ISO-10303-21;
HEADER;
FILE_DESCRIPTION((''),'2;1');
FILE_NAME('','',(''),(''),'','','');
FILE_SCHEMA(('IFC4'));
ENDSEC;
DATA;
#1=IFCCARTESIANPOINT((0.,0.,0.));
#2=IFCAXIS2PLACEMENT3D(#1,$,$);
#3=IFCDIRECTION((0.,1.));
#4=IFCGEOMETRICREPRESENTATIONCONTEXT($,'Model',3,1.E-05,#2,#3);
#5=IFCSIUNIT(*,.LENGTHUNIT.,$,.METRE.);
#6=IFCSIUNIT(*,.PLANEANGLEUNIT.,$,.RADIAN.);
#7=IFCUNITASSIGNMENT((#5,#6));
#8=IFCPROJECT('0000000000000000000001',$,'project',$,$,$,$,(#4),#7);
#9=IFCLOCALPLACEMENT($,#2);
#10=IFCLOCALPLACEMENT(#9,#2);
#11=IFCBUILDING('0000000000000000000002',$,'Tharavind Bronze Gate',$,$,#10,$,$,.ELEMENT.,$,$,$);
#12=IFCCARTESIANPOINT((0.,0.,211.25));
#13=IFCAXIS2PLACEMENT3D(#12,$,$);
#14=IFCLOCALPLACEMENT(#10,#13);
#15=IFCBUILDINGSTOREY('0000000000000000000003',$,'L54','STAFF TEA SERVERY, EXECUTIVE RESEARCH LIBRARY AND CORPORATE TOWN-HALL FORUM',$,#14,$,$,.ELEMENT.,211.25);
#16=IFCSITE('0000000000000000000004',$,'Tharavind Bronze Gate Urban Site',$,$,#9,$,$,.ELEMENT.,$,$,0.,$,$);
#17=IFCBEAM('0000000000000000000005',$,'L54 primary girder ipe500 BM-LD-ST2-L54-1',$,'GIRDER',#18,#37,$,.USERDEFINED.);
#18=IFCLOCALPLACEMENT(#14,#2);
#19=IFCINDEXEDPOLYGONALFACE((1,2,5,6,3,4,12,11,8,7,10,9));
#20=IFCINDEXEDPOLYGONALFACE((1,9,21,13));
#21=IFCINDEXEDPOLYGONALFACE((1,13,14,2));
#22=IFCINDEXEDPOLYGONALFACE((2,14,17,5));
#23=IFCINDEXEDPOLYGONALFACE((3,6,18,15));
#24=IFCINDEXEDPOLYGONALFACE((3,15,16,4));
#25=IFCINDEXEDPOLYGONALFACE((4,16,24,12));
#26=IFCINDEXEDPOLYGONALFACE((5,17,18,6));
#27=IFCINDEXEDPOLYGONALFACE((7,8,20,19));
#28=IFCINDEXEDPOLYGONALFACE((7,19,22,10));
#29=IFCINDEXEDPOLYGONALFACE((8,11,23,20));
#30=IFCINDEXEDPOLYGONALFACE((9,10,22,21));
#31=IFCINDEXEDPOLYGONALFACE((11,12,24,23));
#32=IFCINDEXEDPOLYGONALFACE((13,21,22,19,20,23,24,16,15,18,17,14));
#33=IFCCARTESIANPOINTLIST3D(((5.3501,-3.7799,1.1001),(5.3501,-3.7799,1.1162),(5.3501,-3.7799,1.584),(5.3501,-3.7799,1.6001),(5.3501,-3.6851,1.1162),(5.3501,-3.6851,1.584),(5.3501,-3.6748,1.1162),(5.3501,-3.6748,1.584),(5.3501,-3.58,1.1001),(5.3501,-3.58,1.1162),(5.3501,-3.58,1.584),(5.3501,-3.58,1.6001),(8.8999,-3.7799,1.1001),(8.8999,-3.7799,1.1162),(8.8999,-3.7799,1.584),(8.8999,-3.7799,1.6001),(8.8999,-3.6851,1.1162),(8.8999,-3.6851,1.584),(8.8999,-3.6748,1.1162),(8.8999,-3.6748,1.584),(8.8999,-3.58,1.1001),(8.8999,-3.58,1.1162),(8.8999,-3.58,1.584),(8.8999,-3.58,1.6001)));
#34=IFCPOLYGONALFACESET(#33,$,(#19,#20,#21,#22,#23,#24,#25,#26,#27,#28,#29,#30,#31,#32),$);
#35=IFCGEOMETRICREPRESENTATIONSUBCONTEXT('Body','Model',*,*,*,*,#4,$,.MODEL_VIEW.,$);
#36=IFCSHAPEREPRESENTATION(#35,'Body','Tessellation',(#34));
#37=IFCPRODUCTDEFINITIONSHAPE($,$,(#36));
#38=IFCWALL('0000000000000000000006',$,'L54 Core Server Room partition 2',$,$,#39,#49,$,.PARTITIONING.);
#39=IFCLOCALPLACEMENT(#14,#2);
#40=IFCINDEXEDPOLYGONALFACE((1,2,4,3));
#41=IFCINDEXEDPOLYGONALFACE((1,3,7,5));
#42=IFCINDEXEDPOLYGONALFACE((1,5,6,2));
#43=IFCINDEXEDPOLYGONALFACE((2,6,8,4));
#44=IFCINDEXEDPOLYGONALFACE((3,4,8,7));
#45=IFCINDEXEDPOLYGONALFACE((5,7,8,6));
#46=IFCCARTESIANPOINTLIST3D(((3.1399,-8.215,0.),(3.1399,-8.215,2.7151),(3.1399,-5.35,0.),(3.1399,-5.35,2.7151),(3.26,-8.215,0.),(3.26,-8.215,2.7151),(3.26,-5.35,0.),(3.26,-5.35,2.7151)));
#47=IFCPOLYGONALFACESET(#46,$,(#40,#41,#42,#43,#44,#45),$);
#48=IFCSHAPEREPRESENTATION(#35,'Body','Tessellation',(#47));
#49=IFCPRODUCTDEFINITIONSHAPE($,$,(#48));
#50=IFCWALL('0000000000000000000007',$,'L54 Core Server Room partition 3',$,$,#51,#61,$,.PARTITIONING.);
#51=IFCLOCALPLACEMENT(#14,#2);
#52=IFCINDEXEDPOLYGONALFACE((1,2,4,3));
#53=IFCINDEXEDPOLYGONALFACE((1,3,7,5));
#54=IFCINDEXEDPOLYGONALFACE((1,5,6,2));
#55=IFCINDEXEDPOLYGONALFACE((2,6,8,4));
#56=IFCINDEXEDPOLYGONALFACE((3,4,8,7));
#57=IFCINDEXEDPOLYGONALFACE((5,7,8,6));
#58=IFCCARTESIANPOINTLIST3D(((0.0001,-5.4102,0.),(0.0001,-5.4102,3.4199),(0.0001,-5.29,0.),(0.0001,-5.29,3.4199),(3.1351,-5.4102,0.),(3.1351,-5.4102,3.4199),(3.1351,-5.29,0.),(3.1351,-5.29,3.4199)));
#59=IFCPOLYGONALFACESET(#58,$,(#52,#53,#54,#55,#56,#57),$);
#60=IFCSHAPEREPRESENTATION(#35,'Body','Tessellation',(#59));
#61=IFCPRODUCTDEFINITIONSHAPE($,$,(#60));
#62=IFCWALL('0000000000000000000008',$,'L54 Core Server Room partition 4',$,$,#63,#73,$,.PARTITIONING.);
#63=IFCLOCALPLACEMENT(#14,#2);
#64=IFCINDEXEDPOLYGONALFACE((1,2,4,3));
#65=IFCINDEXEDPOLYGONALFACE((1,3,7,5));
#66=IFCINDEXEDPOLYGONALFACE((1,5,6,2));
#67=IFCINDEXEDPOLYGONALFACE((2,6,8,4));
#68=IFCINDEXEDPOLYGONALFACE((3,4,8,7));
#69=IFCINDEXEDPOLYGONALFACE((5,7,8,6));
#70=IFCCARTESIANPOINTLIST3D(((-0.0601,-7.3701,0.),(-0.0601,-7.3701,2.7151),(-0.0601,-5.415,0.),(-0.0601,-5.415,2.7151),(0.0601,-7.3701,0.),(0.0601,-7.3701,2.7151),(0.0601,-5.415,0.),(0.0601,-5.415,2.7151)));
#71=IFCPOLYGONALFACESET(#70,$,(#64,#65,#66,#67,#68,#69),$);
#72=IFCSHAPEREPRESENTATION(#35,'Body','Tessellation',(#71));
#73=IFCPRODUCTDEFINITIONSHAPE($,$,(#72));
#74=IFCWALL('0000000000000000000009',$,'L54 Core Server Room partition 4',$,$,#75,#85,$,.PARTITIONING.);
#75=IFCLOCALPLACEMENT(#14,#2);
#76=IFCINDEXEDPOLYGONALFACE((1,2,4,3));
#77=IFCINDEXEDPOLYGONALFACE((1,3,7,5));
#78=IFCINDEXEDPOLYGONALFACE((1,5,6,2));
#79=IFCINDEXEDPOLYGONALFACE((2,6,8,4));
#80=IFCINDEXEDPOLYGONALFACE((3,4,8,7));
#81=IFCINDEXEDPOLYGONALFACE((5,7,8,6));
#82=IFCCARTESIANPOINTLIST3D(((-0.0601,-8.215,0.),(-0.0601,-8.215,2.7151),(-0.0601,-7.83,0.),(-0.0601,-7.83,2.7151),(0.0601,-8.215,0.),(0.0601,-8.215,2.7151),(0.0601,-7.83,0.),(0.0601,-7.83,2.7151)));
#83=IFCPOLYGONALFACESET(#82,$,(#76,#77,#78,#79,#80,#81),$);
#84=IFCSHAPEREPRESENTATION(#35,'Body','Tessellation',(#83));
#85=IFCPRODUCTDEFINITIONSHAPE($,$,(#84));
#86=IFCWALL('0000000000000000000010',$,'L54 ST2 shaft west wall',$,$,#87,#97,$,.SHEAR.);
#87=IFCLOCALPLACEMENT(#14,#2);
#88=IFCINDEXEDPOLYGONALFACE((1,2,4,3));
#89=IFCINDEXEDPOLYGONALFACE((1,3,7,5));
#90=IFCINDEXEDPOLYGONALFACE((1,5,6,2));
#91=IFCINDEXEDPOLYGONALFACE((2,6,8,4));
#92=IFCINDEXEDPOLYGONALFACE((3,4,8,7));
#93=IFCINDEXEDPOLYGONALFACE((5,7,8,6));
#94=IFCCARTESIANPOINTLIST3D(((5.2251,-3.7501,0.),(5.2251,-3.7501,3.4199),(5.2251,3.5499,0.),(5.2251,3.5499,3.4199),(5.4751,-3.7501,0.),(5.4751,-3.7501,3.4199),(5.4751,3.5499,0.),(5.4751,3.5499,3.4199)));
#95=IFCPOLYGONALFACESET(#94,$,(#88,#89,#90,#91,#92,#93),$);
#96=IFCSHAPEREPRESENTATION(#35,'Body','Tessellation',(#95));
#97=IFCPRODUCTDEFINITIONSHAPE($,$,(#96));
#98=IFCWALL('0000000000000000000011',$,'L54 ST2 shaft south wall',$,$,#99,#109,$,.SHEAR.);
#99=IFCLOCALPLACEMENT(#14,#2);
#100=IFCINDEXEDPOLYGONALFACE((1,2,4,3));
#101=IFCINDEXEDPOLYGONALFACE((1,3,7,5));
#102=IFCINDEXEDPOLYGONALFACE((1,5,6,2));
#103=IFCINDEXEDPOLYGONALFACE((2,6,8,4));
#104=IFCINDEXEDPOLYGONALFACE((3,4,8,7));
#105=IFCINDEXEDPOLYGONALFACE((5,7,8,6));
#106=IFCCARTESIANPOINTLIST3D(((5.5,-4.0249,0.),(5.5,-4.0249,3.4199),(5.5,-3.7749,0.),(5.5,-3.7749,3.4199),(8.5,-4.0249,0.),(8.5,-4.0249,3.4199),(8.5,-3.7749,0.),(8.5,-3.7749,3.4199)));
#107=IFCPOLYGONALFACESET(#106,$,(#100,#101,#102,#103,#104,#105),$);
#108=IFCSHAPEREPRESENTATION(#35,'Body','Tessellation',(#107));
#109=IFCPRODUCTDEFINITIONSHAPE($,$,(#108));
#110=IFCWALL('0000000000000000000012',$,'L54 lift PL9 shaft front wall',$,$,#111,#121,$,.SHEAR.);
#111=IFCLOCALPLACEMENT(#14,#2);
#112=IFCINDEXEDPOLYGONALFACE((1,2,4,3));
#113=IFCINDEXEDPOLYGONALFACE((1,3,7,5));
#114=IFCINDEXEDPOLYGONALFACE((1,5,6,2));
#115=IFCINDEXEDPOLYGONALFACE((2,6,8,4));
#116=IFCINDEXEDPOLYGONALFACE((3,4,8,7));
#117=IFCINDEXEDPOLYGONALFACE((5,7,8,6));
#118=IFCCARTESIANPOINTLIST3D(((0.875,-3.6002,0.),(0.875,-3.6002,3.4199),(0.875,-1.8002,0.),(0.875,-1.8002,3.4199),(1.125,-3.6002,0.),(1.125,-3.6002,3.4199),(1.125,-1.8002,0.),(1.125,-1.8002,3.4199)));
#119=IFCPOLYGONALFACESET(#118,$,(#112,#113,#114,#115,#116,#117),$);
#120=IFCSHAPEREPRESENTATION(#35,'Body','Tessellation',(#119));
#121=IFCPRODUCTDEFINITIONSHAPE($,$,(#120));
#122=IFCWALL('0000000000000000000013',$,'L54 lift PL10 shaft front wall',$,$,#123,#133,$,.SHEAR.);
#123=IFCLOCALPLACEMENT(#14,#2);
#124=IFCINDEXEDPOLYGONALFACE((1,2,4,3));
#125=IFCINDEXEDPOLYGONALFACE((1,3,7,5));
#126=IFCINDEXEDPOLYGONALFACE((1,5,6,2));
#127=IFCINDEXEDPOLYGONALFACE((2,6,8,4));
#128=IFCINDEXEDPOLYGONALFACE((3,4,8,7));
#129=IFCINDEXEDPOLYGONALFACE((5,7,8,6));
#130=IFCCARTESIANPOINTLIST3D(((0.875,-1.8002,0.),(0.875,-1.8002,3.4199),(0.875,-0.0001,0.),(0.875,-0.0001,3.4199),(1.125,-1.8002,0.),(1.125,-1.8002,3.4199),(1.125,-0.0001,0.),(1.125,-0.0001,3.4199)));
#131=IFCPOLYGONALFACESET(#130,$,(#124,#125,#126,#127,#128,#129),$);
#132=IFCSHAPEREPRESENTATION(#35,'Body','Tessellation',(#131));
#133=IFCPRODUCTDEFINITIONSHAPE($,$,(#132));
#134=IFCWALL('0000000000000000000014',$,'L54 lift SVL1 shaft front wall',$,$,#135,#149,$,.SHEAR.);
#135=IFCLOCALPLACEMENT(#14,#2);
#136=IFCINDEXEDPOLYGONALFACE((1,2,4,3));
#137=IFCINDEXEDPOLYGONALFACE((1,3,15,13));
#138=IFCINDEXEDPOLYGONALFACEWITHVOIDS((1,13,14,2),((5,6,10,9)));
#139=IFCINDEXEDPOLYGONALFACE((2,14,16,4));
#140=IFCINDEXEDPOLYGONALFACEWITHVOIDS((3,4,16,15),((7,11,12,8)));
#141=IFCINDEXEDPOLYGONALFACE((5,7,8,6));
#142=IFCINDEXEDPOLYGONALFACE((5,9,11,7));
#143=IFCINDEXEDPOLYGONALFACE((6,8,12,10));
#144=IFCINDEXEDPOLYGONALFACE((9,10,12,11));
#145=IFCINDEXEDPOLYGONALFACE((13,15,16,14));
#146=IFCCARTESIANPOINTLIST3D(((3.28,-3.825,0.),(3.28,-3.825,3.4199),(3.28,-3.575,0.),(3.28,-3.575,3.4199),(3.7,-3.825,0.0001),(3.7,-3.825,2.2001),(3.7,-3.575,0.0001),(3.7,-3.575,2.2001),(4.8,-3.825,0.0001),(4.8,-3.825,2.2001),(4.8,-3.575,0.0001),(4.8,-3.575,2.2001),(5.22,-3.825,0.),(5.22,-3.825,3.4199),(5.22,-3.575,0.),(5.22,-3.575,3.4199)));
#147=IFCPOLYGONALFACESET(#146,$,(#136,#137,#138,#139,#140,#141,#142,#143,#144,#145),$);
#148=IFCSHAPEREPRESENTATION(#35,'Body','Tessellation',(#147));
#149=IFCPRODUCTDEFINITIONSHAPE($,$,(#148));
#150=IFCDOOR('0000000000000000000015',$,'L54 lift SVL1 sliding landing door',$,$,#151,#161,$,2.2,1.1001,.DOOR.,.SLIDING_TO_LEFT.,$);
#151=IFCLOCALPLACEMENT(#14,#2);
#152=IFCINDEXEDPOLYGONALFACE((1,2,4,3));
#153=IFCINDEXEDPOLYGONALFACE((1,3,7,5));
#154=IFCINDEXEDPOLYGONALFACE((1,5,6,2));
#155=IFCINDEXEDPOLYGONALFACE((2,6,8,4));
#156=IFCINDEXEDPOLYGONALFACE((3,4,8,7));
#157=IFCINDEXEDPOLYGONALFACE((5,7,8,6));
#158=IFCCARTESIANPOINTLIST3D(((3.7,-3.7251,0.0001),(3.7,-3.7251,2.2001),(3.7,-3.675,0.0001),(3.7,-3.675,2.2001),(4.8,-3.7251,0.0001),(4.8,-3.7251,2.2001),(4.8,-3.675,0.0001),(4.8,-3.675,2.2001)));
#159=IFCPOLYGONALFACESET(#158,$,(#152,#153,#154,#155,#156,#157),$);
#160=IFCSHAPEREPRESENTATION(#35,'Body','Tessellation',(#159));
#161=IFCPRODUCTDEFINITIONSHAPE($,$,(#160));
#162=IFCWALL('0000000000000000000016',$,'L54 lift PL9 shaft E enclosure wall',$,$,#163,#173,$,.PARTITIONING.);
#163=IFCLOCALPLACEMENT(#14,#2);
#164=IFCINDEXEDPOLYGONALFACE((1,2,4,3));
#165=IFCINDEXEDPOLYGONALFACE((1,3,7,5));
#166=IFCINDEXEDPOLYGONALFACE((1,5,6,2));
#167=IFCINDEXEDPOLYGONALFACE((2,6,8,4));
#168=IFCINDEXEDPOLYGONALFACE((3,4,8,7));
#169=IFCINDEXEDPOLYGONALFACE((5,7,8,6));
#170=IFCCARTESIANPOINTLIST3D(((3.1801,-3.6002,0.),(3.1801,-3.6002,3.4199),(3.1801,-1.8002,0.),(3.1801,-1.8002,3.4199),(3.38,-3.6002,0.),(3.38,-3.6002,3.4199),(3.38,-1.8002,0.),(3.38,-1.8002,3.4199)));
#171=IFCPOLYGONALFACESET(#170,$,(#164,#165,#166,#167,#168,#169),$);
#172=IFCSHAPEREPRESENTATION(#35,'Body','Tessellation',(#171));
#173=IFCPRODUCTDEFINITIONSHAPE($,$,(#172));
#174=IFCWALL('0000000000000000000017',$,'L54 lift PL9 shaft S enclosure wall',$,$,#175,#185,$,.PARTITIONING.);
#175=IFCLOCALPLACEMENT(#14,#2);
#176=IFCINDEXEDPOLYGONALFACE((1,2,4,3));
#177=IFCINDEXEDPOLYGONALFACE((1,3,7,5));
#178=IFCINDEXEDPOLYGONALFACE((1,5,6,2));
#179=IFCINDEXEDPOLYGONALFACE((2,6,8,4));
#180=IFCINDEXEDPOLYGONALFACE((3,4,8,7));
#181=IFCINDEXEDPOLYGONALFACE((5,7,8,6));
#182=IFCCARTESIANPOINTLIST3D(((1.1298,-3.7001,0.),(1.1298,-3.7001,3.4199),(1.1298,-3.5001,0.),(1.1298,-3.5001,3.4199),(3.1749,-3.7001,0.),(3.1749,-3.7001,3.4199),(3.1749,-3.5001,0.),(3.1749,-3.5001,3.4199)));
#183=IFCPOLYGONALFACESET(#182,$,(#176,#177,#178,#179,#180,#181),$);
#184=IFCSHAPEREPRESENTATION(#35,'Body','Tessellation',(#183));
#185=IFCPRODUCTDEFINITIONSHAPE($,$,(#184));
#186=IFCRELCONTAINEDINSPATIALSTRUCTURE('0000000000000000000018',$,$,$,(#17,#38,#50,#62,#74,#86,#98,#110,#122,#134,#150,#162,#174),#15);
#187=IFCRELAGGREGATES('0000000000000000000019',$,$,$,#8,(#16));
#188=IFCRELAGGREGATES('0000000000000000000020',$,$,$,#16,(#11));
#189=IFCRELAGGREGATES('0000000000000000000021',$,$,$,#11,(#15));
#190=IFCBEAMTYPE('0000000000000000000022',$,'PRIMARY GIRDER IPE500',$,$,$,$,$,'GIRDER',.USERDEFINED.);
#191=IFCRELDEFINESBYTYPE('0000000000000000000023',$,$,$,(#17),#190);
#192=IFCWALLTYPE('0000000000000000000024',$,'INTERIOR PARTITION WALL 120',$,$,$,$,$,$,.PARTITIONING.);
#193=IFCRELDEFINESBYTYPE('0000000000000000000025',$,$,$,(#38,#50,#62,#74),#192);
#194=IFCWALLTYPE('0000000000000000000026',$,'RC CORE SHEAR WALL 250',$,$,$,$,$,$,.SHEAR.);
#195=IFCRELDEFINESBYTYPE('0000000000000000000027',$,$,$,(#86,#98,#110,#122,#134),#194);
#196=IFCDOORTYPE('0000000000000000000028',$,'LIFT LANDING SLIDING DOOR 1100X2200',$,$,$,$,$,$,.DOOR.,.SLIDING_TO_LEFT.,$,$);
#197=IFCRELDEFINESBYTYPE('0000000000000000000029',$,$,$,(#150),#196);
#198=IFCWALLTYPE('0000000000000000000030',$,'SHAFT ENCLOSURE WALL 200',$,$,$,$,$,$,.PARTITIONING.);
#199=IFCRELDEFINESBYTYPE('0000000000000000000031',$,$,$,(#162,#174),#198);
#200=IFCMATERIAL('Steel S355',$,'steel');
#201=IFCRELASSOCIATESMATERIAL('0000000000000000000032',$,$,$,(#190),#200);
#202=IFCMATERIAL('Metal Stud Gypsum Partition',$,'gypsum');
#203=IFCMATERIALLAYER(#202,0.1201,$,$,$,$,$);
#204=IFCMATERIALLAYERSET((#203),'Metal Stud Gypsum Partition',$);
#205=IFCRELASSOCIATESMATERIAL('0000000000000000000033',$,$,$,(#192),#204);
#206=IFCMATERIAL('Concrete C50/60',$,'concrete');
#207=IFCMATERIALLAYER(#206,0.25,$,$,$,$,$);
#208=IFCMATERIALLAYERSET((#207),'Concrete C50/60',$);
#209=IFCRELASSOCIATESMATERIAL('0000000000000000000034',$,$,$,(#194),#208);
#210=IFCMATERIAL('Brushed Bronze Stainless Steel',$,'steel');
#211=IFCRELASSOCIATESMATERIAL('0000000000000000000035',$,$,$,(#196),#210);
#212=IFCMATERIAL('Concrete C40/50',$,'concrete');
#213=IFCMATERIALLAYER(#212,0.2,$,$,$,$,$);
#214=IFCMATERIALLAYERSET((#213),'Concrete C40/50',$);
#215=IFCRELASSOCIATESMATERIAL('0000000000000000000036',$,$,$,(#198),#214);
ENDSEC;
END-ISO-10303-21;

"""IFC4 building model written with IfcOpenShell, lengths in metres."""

from ifc_helpers import new_model, si_unit, direction, frame, frame_2d, origin, origin_2d, place, context, subcontext, project, spatial, rectangle, i_section, extrude, material, layer, layer_set, material_profile, profile_set, type_object, element, fill, save


model = new_model("IFC4")

# Units and contexts
model_context = context("Model", 3, precision=1e-05, world=origin(), true_north=direction((0.0, 1.0)))
body_context = subcontext(model_context, "Body", "Model", "MODEL_VIEW")
ifc_project = project(units=[si_unit("LENGTHUNIT", "METRE"), si_unit("PLANEANGLEUNIT", "RADIAN")], contexts=[model_context])

# Site, building, storey
site_placement = place(None, origin())
site = spatial("IfcSite", under=ifc_project, at=site_placement, Name="Tharavind Bronze Gate Urban Site", CompositionType="ELEMENT", RefElevation=0.0)
building_placement = place(site_placement, origin())
building = spatial("IfcBuilding", under=site, at=building_placement, Name="Tharavind Bronze Gate", CompositionType="ELEMENT")
storey_placement = place(building_placement, frame((0.0, 0.0, 211.25)))
storey = spatial("IfcBuildingStorey", under=building, at=storey_placement, Name="L54", Description="STAFF TEA SERVERY, EXECUTIVE RESEARCH LIBRARY AND CORPORATE TOWN-HALL FORUM", CompositionType="ELEMENT", Elevation=211.25)

# Beam
ifc_material_1 = material(Name="Steel S355", Category="steel")
ifc_material_profile = material_profile(ifc_material_1, i_section(OverallWidth=0.2, OverallDepth=0.5, WebThickness=0.0103, FlangeThickness=0.0161, at=origin_2d()), Name="IPE500")
ifc_profile_set = profile_set([ifc_material_profile], Name="Steel S355")
beam_type = type_object("IfcBeamType", Name="PRIMARY GIRDER IPE500", ElementType="GIRDER", PredefinedType="USERDEFINED", material=ifc_profile_set)
beam_placement = place(storey_placement, frame((5.3501, -3.6799, 1.3501), z_axis=(1.0, 0.0, 0.0), x_axis=(0.0, 1.0, 0.0)))
element("IfcBeam", 1, at=beam_placement, inside=storey, type_object=beam_type, Name="L54 primary girder ipe500 BM-LD-ST2-L54-1", ObjectType="GIRDER", PredefinedType="USERDEFINED", context=body_context, shape_type="SweptSolid", body=[
    extrude(i_section(OverallWidth=0.2, OverallDepth=0.5, WebThickness=0.0103, FlangeThickness=0.0161, at=origin_2d()), origin(), (0.0, 0.0, 1.0), 3.5498),
])

# Walls
ifc_material_2 = material(Name="Metal Stud Gypsum Partition", Category="gypsum")
ifc_layer_1 = layer(ifc_material_2, 0.1201)
ifc_layer_set_1 = layer_set([ifc_layer_1], Name="Metal Stud Gypsum Partition")
wall_type_1 = type_object("IfcWallType", Name="INTERIOR PARTITION WALL 120", PredefinedType="PARTITIONING", material=ifc_layer_set_1)
wall_1_placement = place(storey_placement, frame((3.2, -8.2151, 0.0), z_axis=(0.0, 0.0, 1.0), x_axis=(0.0, 1.0, 0.0)))
element("IfcWall", 2, at=wall_1_placement, inside=storey, type_object=wall_type_1, Name="L54 Core Server Room partition 2", PredefinedType="PARTITIONING", context=body_context, shape_type="SweptSolid", body=[
    extrude(rectangle(XDim=2.865, YDim=0.1201, at=frame_2d((1.4326, 0.0))), origin(), (0.0, 0.0, 1.0), 2.7151),
])
wall_2_placement = place(storey_placement, frame((3.135, -5.3501, 0.0), z_axis=(0.0, 0.0, 1.0), x_axis=(-1.0, 0.0, 0.0)))
element("IfcWall", 3, at=wall_2_placement, inside=storey, type_object=wall_type_1, Name="L54 Core Server Room partition 3", PredefinedType="PARTITIONING", context=body_context, shape_type="SweptSolid", body=[
    extrude(rectangle(XDim=3.135, YDim=0.1201, at=frame_2d((1.5674, 0.0))), origin(), (0.0, 0.0, 1.0), 3.4199),
])
wall_3_placement = place(storey_placement, frame((0.0, -5.415, 0.0), z_axis=(0.0, 0.0, 1.0), x_axis=(0.0, -1.0, 0.0)))
element("IfcWall", 4, at=wall_3_placement, inside=storey, type_object=wall_type_1, Name="L54 Core Server Room partition 4", PredefinedType="PARTITIONING", context=body_context, shape_type="SweptSolid", body=[
    extrude(rectangle(XDim=1.9551, YDim=0.1201, at=frame_2d((0.9775, 0.0))), origin(), (0.0, 0.0, 1.0), 2.7151),
])
wall_4_placement = place(storey_placement, frame((0.0, -7.8301, 0.0), z_axis=(0.0, 0.0, 1.0), x_axis=(0.0, -1.0, 0.0)))
element("IfcWall", 5, at=wall_4_placement, inside=storey, type_object=wall_type_1, Name="L54 Core Server Room partition 4", PredefinedType="PARTITIONING", context=body_context, shape_type="SweptSolid", body=[
    extrude(rectangle(XDim=0.385, YDim=0.1201, at=frame_2d((0.1924, 0.0))), origin(), (0.0, 0.0, 1.0), 2.7151),
])
ifc_material_3 = material(Name="Concrete C50/60", Category="concrete")
ifc_layer_2 = layer(ifc_material_3, 0.25)
ifc_layer_set_2 = layer_set([ifc_layer_2], Name="Concrete C50/60")
wall_type_2 = type_object("IfcWallType", Name="RC CORE SHEAR WALL 250", PredefinedType="SHEAR", material=ifc_layer_set_2)
wall_5_placement = place(storey_placement, frame((5.3501, -3.75, 0.0), z_axis=(0.0, 0.0, 1.0), x_axis=(0.0, 1.0, 0.0)))
element("IfcWall", 6, at=wall_5_placement, inside=storey, type_object=wall_type_2, Name="L54 ST2 shaft west wall", PredefinedType="SHEAR", context=body_context, shape_type="SweptSolid", body=[
    extrude(rectangle(XDim=7.3, YDim=0.25, at=frame_2d((3.6499, 0.0))), origin(), (0.0, 0.0, 1.0), 3.4199),
])
wall_6_placement = place(storey_placement, frame((5.5, -3.8999, 0.0), z_axis=(0.0, 0.0, 1.0), x_axis=(1.0, 0.0, 0.0)))
element("IfcWall", 7, at=wall_6_placement, inside=storey, type_object=wall_type_2, Name="L54 ST2 shaft south wall", PredefinedType="SHEAR", context=body_context, shape_type="SweptSolid", body=[
    extrude(rectangle(XDim=3.0, YDim=0.25, at=frame_2d((1.5, 0.0))), origin(), (0.0, 0.0, 1.0), 3.4199),
])
for number, where, z_axis, x_axis, name in (
    (8, (1.0, -3.6001, 0.0), (0.0, 0.0, 1.0), (0.0, 1.0, 0.0), "L54 lift PL9 shaft front wall"),
    (9, (1.0, -1.8, 0.0), (0.0, 0.0, 1.0), (0.0, 1.0, 0.0), "L54 lift PL10 shaft front wall"),
):
    element("IfcWall", number, at=place(storey_placement, frame(where, z_axis=z_axis, x_axis=x_axis)), inside=storey, type_object=wall_type_2, Name=name, PredefinedType="SHEAR", context=body_context, shape_type="SweptSolid", body=[
        extrude(rectangle(XDim=1.8, YDim=0.25, at=frame_2d((0.8999, 0.0))), origin(), (0.0, 0.0, 1.0), 3.4199),
    ])

# Wall, opening, door
wall_7_placement = place(storey_placement, frame((3.28, -3.7, 0.0), z_axis=(0.0, 0.0, 1.0), x_axis=(1.0, 0.0, 0.0)))
wall_7 = element("IfcWall", 10, at=wall_7_placement, inside=storey, type_object=wall_type_2, Name="L54 lift SVL1 shaft front wall", PredefinedType="SHEAR", context=body_context, shape_type="SweptSolid", body=[
    extrude(rectangle(XDim=1.9399, YDim=0.25, at=frame_2d((0.97, 0.0))), origin(), (0.0, 0.0, 1.0), 3.4199),
])
opening_placement = place(wall_7_placement, frame((0.4199, 0.0, 0.0)))
opening = element("IfcOpeningElement", 11, at=opening_placement, cuts=wall_7, PredefinedType="OPENING", context=body_context, shape_type="SweptSolid", body=[
    extrude(rectangle(XDim=1.1001, YDim=2.2, at=frame_2d((0.55, 1.1001))), frame((0.0, 0.135, 0.0), z_axis=(0.0, -1.0, 0.0), x_axis=(1.0, 0.0, 0.0)), (0.0, 0.0, 1.0), 0.27),
])
ifc_material_4 = material(Name="Brushed Bronze Stainless Steel", Category="steel")
door_type = type_object("IfcDoorType", Name="LIFT LANDING SLIDING DOOR 1100X2200", OperationType="SLIDING_TO_LEFT", PredefinedType="DOOR", material=ifc_material_4)
door_placement = place(opening_placement, origin())
door = element("IfcDoor", 12, at=door_placement, inside=storey, type_object=door_type, Name="L54 lift SVL1 sliding landing door", OperationType="SLIDING_TO_LEFT", OverallHeight=2.2, OverallWidth=1.1001, PredefinedType="DOOR", context=body_context, shape_type="SweptSolid", body=[
    extrude(rectangle(XDim=1.1001, YDim=2.2, at=frame_2d((0.55, 1.1001))), frame((0.0, 0.0249, 0.0), z_axis=(0.0, -1.0, 0.0), x_axis=(1.0, 0.0, 0.0)), (0.0, 0.0, 1.0), 0.05),
])
fill(opening, door)

# Walls
ifc_material_5 = material(Name="Concrete C40/50", Category="concrete")
ifc_layer_3 = layer(ifc_material_5, 0.2)
ifc_layer_set_3 = layer_set([ifc_layer_3], Name="Concrete C40/50")
wall_type_3 = type_object("IfcWallType", Name="SHAFT ENCLOSURE WALL 200", PredefinedType="PARTITIONING", material=ifc_layer_set_3)
wall_8_placement = place(storey_placement, frame((3.28, -3.6001, 0.0), z_axis=(0.0, 0.0, 1.0), x_axis=(0.0, 1.0, 0.0)))
element("IfcWall", 13, at=wall_8_placement, inside=storey, type_object=wall_type_3, Name="L54 lift PL9 shaft E enclosure wall", PredefinedType="PARTITIONING", context=body_context, shape_type="SweptSolid", body=[
    extrude(rectangle(XDim=1.8, YDim=0.2, at=frame_2d((0.8999, 0.0))), origin(), (0.0, 0.0, 1.0), 3.4199),
])
for number, where, z_axis, x_axis, name in (
    (14, (1.1299, -3.6001, 0.0), (0.0, 0.0, 1.0), (1.0, 0.0, 0.0), "L54 lift PL9 shaft S enclosure wall"),
):
    element("IfcWall", number, at=place(storey_placement, frame(where, z_axis=z_axis, x_axis=x_axis)), inside=storey, type_object=wall_type_3, Name=name, PredefinedType="PARTITIONING", context=body_context, shape_type="SweptSolid", body=[
        extrude(rectangle(XDim=2.0452, YDim=0.2, at=frame_2d((1.0225, 0.0))), origin(), (0.0, 0.0, 1.0), 3.4199),
    ])

save(model, "model.ifc")
